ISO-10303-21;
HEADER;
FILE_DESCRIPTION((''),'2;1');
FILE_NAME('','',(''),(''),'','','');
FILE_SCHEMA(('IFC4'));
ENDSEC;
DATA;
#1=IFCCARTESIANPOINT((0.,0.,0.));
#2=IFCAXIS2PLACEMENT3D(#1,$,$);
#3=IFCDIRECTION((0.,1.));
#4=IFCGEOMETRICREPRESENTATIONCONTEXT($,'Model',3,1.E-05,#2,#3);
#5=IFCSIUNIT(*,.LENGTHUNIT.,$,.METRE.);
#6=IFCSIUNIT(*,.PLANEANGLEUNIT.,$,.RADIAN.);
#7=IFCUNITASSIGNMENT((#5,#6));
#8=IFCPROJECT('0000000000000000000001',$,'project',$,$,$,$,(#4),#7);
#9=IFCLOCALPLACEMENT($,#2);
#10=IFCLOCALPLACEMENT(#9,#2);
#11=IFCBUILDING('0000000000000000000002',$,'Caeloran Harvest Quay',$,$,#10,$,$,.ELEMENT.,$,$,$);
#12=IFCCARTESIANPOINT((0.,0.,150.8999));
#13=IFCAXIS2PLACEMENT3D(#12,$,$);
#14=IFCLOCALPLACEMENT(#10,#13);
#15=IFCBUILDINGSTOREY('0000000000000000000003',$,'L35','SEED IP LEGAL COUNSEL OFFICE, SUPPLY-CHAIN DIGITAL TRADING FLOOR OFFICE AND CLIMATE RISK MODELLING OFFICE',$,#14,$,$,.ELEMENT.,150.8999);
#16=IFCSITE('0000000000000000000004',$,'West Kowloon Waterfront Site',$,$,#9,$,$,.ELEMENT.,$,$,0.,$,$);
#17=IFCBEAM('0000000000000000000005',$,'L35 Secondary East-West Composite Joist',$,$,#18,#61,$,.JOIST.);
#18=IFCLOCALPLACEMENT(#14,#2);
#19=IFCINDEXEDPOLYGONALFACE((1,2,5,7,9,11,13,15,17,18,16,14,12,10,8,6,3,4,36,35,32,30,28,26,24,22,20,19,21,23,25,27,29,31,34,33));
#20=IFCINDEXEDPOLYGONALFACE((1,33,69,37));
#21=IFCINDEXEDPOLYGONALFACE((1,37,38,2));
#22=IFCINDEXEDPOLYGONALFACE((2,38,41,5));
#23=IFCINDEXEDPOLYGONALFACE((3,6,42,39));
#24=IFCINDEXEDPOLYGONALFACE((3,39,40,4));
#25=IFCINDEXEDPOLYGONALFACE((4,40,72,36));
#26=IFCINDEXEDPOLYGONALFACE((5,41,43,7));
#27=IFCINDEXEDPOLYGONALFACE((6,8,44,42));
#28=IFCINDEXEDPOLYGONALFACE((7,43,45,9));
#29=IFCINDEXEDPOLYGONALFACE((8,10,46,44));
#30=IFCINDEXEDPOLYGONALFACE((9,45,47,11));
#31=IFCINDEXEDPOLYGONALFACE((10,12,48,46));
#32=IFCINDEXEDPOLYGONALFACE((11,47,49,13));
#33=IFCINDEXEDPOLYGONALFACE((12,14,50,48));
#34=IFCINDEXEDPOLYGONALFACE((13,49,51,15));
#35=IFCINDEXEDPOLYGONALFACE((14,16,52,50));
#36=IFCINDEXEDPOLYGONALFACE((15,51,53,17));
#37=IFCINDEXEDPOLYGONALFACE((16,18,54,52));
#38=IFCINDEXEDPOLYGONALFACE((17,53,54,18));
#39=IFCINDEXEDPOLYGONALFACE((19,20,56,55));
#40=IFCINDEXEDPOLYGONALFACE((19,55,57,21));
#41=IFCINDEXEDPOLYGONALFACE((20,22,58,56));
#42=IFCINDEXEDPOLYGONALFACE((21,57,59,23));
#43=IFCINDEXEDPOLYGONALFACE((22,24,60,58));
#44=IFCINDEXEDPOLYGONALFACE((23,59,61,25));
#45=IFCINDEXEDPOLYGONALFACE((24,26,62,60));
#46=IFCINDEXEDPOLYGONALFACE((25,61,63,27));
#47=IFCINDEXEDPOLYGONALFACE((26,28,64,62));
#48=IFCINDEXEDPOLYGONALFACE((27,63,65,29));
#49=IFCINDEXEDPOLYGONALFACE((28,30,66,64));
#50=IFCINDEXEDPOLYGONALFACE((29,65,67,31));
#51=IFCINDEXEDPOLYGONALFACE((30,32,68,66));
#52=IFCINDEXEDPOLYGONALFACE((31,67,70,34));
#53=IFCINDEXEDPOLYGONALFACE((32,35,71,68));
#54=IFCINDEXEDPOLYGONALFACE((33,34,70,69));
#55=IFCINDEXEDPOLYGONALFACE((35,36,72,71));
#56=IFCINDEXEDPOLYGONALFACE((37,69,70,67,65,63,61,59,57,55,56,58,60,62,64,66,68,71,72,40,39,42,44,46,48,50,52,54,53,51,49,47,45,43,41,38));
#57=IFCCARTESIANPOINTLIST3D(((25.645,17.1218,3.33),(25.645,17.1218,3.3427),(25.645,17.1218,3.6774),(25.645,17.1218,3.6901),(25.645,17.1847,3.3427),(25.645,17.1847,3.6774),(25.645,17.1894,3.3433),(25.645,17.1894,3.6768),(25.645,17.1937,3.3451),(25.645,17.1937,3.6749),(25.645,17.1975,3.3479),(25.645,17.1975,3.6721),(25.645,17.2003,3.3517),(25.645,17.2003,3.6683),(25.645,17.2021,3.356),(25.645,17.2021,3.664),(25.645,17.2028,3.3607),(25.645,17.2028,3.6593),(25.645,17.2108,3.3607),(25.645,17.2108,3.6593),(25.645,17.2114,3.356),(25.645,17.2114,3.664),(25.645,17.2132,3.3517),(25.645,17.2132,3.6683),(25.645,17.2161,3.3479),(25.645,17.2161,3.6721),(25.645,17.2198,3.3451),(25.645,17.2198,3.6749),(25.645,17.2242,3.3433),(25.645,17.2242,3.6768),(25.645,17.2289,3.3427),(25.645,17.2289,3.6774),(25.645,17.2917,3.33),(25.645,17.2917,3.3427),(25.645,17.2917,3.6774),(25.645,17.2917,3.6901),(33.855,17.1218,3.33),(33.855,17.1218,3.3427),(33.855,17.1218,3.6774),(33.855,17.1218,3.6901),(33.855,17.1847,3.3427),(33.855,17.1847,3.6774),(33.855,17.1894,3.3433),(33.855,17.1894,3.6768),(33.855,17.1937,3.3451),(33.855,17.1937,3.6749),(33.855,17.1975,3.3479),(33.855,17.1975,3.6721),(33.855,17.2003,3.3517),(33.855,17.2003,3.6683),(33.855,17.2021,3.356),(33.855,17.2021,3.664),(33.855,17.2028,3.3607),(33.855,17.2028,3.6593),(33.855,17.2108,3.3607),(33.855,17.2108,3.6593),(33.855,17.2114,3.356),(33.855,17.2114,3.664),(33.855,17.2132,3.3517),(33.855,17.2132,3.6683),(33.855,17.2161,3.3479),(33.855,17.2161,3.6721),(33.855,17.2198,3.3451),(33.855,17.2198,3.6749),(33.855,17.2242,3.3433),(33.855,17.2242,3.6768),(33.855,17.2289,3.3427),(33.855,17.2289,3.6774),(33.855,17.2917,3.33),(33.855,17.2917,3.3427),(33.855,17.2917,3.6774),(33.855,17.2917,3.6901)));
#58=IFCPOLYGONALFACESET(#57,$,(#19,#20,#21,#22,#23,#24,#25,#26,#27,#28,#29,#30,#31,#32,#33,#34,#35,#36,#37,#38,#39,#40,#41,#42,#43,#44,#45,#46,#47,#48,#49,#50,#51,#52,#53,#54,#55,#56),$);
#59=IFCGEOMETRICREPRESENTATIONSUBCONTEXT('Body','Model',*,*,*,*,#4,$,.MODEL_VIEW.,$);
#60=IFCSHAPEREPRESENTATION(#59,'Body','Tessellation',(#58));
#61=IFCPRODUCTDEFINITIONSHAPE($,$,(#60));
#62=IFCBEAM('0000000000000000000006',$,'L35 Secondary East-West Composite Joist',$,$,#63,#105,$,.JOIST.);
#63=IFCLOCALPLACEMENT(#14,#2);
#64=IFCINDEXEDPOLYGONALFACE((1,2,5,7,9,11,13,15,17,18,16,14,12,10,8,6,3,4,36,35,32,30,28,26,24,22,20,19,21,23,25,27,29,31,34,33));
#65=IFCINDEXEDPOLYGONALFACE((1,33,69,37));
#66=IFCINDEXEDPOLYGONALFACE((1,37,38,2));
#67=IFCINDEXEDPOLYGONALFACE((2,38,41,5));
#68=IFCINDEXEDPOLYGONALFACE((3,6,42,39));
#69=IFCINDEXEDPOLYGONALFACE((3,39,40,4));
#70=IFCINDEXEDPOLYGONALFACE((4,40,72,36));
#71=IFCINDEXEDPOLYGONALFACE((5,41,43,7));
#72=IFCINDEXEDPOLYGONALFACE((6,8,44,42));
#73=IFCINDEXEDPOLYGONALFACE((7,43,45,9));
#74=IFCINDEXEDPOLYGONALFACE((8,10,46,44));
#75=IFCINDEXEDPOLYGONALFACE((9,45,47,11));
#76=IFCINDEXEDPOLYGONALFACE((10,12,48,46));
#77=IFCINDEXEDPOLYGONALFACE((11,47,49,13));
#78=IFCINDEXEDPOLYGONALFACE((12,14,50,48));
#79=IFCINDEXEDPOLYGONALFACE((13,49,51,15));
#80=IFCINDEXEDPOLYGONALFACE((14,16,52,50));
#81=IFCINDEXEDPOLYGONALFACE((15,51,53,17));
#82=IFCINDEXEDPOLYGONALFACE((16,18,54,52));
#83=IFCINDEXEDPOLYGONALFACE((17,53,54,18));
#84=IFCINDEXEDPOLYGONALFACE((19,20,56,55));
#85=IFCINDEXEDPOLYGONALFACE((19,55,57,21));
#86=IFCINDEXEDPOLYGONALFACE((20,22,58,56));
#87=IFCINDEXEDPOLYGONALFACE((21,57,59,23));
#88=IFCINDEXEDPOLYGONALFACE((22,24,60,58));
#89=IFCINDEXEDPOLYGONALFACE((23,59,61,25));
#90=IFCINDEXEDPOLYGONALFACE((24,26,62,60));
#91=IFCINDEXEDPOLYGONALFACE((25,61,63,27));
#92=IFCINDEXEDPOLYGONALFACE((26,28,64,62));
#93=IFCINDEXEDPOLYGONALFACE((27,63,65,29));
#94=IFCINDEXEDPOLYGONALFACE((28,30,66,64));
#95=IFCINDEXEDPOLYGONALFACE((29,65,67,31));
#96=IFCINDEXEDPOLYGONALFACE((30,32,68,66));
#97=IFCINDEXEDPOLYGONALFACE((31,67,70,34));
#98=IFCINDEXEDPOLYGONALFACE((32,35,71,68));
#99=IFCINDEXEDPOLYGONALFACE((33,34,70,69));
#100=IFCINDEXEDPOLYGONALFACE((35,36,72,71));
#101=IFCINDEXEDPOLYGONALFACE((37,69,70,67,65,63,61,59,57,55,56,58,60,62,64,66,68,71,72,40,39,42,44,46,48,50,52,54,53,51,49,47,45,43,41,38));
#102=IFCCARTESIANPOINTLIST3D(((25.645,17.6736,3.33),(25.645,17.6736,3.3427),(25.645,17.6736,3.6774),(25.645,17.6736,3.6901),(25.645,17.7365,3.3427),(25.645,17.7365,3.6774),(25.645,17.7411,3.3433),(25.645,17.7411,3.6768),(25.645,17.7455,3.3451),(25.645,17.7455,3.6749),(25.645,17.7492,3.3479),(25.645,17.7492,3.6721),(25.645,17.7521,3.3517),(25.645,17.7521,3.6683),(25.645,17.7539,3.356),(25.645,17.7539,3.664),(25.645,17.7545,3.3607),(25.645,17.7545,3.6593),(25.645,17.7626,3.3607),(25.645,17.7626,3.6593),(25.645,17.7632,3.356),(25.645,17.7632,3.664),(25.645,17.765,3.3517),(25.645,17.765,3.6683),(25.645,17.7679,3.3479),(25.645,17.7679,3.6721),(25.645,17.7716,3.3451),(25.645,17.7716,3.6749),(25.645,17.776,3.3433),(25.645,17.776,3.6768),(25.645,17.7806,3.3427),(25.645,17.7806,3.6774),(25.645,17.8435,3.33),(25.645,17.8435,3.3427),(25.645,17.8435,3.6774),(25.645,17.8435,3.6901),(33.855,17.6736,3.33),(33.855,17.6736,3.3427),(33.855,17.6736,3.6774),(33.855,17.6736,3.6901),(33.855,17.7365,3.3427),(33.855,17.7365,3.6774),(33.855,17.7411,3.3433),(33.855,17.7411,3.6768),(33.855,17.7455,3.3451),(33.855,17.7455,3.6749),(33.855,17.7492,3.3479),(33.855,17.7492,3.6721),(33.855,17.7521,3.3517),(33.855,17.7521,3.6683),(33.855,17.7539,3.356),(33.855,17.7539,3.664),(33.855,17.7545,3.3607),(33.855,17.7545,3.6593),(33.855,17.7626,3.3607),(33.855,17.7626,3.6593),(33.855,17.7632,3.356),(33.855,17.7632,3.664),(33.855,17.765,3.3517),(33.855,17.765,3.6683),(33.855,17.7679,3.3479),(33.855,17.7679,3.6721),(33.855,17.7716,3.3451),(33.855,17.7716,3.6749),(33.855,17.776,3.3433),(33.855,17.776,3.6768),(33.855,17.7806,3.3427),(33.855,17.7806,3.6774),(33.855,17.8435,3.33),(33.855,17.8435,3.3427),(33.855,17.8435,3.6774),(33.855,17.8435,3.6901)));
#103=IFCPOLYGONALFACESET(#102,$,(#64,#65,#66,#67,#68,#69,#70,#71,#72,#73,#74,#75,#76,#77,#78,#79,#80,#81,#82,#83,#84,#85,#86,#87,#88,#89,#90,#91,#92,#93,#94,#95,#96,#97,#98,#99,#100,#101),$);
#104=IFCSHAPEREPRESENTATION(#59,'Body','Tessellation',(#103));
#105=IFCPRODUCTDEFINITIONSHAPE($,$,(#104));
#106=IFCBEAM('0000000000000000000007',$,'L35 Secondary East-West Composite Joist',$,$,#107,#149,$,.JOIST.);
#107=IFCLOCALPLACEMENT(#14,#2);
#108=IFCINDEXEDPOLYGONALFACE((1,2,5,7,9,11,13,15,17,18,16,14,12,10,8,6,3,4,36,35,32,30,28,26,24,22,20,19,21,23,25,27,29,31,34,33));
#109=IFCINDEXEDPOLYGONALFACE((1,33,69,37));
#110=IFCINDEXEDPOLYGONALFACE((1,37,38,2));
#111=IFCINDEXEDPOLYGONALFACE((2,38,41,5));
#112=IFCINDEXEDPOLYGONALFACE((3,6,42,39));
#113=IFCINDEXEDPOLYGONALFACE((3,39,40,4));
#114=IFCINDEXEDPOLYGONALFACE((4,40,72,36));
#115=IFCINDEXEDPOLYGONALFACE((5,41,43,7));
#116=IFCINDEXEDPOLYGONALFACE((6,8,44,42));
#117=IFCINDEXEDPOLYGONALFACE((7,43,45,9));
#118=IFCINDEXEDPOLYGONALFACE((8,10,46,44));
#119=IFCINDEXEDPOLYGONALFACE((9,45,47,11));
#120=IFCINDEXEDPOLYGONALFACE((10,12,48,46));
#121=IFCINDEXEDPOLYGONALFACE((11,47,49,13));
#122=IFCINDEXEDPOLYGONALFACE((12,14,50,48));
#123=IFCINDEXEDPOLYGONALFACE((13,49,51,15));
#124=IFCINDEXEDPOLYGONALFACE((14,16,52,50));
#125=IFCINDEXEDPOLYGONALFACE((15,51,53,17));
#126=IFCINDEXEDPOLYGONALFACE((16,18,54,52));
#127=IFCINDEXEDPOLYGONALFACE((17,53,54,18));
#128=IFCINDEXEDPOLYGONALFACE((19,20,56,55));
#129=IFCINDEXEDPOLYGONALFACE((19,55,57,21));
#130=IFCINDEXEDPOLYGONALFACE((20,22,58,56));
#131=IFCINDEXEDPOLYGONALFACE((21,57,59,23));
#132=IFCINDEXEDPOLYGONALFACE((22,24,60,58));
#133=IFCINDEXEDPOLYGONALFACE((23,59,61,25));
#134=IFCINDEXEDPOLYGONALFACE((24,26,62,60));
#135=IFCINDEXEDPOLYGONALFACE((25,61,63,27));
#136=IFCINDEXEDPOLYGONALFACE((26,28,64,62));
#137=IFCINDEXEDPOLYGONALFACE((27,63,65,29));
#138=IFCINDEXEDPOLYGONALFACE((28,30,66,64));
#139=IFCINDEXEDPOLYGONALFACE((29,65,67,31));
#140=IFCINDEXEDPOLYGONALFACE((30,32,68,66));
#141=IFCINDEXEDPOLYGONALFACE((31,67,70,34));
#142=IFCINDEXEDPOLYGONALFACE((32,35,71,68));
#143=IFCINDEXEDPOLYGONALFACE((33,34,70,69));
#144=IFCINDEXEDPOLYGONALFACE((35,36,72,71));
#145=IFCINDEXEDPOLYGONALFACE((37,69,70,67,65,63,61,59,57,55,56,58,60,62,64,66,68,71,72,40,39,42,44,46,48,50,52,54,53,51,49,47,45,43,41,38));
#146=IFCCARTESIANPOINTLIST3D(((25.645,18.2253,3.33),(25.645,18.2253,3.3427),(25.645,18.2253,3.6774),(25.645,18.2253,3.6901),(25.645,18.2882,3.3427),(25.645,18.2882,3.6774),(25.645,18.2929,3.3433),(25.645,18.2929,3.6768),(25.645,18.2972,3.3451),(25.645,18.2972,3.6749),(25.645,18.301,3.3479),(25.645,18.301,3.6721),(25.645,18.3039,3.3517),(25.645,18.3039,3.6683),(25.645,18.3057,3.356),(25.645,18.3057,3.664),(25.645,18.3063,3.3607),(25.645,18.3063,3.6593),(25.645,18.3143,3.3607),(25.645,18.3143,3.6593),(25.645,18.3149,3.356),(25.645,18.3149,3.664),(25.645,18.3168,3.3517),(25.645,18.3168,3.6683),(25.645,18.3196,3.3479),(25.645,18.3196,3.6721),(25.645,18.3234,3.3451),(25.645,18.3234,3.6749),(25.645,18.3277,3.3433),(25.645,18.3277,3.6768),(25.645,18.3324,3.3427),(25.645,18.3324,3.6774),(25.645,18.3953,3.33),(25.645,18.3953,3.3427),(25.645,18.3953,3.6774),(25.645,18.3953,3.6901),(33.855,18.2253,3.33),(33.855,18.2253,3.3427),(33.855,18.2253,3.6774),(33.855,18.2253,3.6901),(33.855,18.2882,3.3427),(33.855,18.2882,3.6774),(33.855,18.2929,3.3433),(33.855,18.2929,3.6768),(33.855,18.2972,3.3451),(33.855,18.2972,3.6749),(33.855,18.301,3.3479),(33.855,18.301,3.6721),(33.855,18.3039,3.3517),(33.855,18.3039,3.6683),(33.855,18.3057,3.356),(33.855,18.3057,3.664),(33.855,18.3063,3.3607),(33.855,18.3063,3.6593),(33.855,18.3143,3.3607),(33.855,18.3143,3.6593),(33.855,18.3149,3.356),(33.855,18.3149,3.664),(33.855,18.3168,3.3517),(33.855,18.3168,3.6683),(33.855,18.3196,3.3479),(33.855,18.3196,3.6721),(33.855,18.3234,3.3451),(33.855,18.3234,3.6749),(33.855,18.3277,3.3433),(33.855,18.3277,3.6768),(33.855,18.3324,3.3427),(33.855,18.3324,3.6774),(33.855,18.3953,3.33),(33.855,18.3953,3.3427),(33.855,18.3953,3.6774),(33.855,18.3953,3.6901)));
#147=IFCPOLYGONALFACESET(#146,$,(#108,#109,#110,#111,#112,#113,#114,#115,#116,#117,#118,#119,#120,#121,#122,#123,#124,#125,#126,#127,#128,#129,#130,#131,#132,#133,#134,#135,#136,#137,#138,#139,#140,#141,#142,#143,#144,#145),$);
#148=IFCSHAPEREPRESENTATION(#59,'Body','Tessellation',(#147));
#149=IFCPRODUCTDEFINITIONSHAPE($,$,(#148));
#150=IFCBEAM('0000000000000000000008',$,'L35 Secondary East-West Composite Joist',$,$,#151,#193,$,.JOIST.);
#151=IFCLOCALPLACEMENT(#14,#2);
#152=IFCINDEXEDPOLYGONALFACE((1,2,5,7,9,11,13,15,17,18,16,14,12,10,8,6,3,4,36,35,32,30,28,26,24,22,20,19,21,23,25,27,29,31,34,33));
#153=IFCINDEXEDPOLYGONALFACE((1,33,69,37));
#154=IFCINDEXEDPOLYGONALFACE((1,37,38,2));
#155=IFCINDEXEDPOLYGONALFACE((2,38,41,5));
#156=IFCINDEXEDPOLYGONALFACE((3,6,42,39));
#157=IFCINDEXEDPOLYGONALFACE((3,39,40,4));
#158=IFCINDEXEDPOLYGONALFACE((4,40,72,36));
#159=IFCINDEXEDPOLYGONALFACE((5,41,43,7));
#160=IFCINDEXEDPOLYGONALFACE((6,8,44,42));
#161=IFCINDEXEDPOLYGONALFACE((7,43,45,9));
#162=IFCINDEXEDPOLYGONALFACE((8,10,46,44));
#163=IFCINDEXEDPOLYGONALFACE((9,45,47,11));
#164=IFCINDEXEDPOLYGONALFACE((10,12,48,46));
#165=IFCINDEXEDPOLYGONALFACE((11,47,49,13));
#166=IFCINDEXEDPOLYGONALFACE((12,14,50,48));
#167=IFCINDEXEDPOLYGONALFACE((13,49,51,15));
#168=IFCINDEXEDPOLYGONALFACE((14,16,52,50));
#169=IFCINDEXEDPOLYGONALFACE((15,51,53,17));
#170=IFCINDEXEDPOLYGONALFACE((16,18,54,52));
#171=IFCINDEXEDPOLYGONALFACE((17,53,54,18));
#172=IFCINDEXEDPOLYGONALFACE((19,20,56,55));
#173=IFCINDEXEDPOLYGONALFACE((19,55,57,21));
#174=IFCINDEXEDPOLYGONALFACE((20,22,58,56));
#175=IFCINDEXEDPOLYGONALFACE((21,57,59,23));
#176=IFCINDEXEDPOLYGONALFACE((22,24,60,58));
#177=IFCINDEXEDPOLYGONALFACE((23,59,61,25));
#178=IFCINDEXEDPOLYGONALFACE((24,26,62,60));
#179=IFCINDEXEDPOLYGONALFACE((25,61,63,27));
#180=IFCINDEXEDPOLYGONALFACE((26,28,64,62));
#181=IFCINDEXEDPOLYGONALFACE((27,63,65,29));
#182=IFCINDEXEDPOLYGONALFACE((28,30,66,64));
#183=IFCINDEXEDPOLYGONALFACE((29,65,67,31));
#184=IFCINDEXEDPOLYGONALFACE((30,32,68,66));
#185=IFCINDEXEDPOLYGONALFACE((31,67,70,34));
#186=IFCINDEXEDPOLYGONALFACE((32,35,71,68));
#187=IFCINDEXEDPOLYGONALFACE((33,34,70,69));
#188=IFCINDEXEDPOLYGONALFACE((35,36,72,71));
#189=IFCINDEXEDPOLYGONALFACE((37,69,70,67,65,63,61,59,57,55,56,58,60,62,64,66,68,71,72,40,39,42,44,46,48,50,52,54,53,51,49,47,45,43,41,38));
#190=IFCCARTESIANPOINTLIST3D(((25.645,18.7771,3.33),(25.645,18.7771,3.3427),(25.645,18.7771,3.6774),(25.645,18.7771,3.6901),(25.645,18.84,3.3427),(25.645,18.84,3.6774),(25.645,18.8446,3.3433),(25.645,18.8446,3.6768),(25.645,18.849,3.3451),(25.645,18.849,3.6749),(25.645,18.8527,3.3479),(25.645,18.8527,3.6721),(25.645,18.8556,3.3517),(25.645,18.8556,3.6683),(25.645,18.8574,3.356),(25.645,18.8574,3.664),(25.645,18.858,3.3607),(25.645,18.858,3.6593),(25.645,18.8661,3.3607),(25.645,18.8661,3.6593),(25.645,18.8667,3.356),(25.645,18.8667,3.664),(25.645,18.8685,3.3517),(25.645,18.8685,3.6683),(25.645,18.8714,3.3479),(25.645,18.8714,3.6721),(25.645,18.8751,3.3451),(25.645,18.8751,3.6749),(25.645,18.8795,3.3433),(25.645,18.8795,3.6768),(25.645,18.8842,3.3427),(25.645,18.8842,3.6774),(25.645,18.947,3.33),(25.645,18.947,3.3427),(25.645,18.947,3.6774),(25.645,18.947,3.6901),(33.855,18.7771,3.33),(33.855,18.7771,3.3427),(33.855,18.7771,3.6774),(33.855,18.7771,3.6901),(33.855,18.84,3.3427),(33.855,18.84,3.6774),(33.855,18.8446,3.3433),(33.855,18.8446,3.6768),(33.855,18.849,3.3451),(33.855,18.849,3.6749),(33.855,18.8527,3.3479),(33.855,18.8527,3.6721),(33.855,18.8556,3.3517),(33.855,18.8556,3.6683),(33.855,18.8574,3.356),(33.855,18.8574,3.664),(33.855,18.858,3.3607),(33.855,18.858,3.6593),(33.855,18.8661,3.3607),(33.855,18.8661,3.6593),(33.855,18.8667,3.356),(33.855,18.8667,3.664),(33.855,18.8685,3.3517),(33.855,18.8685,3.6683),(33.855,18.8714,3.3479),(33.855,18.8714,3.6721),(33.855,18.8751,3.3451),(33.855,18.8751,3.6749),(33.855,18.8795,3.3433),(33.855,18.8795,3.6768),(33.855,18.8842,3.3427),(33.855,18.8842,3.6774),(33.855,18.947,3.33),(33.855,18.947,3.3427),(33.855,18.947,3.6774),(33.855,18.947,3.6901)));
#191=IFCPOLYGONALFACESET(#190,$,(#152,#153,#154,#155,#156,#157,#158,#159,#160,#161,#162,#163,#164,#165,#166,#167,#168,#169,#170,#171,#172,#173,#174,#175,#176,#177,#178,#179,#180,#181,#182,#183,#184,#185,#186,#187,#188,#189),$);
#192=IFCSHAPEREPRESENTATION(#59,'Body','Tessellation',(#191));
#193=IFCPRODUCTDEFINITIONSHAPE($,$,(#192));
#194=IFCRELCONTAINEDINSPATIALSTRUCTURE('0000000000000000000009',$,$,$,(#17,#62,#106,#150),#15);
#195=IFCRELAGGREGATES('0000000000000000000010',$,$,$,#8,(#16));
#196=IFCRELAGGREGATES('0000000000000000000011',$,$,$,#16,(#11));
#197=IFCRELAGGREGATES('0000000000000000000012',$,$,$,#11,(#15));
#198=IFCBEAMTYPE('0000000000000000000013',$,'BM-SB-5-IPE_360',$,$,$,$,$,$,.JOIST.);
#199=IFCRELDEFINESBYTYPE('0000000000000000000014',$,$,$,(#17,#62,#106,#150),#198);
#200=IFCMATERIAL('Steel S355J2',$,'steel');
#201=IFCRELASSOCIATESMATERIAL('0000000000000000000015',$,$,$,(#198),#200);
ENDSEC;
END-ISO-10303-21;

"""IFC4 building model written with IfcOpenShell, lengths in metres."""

from ifc_helpers import new_model, si_unit, direction, frame, origin, origin_2d, place, context, subcontext, project, spatial, i_section, extrude, material, material_profile, profile_set, type_object, element, save


model = new_model("IFC4")

# Units and contexts
model_context = context("Model", 3, precision=1e-05, world=origin(), true_north=direction((0.0, 1.0)))
body_context = subcontext(model_context, "Body", "Model", "MODEL_VIEW")
ifc_project = project(units=[si_unit("LENGTHUNIT", "METRE"), si_unit("PLANEANGLEUNIT", "RADIAN")], contexts=[model_context])

# Site, building, storey
site_placement = place(None, origin())
site = spatial("IfcSite", under=ifc_project, at=site_placement, Name="West Kowloon Waterfront Site", CompositionType="ELEMENT", RefElevation=0.0)
building_placement = place(site_placement, origin())
building = spatial("IfcBuilding", under=site, at=building_placement, Name="Caeloran Harvest Quay", CompositionType="ELEMENT")
storey_placement = place(building_placement, frame((0.0, 0.0, 150.8999)))
storey = spatial("IfcBuildingStorey", under=building, at=storey_placement, Name="L35", Description="SEED IP LEGAL COUNSEL OFFICE, SUPPLY-CHAIN DIGITAL TRADING FLOOR OFFICE AND CLIMATE RISK MODELLING OFFICE", CompositionType="ELEMENT", Elevation=150.8999)

# Beams
ifc_material_1 = material(Name="Steel S355J2", Category="steel")
ifc_material_profile_1 = material_profile(ifc_material_1, i_section(OverallWidth=0.1699, OverallDepth=0.3601, WebThickness=0.0081, FlangeThickness=0.0127, FilletRadius=0.0181, at=origin_2d()), Name="IPE 360")
ifc_profile_set_1 = profile_set([ifc_material_profile_1], Name="Steel S355J2")
beam_type_1 = type_object("IfcBeamType", Name="BM-SB-5-IPE_360", PredefinedType="JOIST", material=ifc_profile_set_1)
for number, where, z_axis, x_axis, name in (
    (1, (25.645, 17.2068, 3.51), (1.0, 0.0, 0.0), (0.0, 1.0, 0.0), "L35 Secondary East-West Composite Joist"),
    (2, (25.645, 17.7585, 3.51), (1.0, 0.0, 0.0), (0.0, 1.0, 0.0), "L35 Secondary East-West Composite Joist"),
    (3, (25.645, 18.3103, 3.51), (1.0, 0.0, 0.0), (0.0, 1.0, 0.0), "L35 Secondary East-West Composite Joist"),
    (4, (25.645, 18.8621, 3.51), (1.0, 0.0, 0.0), (0.0, 1.0, 0.0), "L35 Secondary East-West Composite Joist"),
):
    element("IfcBeam", number, at=place(storey_placement, frame(where, z_axis=z_axis, x_axis=x_axis)), inside=storey, type_object=beam_type_1, Name=name, PredefinedType="JOIST", context=body_context, shape_type="SweptSolid", body=[
        extrude(i_section(OverallWidth=0.1699, OverallDepth=0.3601, WebThickness=0.0081, FlangeThickness=0.0127, FilletRadius=0.0181, at=origin_2d()), origin(), (0.0, 0.0, 1.0), 8.21),
    ])

save(model, "model.ifc")
